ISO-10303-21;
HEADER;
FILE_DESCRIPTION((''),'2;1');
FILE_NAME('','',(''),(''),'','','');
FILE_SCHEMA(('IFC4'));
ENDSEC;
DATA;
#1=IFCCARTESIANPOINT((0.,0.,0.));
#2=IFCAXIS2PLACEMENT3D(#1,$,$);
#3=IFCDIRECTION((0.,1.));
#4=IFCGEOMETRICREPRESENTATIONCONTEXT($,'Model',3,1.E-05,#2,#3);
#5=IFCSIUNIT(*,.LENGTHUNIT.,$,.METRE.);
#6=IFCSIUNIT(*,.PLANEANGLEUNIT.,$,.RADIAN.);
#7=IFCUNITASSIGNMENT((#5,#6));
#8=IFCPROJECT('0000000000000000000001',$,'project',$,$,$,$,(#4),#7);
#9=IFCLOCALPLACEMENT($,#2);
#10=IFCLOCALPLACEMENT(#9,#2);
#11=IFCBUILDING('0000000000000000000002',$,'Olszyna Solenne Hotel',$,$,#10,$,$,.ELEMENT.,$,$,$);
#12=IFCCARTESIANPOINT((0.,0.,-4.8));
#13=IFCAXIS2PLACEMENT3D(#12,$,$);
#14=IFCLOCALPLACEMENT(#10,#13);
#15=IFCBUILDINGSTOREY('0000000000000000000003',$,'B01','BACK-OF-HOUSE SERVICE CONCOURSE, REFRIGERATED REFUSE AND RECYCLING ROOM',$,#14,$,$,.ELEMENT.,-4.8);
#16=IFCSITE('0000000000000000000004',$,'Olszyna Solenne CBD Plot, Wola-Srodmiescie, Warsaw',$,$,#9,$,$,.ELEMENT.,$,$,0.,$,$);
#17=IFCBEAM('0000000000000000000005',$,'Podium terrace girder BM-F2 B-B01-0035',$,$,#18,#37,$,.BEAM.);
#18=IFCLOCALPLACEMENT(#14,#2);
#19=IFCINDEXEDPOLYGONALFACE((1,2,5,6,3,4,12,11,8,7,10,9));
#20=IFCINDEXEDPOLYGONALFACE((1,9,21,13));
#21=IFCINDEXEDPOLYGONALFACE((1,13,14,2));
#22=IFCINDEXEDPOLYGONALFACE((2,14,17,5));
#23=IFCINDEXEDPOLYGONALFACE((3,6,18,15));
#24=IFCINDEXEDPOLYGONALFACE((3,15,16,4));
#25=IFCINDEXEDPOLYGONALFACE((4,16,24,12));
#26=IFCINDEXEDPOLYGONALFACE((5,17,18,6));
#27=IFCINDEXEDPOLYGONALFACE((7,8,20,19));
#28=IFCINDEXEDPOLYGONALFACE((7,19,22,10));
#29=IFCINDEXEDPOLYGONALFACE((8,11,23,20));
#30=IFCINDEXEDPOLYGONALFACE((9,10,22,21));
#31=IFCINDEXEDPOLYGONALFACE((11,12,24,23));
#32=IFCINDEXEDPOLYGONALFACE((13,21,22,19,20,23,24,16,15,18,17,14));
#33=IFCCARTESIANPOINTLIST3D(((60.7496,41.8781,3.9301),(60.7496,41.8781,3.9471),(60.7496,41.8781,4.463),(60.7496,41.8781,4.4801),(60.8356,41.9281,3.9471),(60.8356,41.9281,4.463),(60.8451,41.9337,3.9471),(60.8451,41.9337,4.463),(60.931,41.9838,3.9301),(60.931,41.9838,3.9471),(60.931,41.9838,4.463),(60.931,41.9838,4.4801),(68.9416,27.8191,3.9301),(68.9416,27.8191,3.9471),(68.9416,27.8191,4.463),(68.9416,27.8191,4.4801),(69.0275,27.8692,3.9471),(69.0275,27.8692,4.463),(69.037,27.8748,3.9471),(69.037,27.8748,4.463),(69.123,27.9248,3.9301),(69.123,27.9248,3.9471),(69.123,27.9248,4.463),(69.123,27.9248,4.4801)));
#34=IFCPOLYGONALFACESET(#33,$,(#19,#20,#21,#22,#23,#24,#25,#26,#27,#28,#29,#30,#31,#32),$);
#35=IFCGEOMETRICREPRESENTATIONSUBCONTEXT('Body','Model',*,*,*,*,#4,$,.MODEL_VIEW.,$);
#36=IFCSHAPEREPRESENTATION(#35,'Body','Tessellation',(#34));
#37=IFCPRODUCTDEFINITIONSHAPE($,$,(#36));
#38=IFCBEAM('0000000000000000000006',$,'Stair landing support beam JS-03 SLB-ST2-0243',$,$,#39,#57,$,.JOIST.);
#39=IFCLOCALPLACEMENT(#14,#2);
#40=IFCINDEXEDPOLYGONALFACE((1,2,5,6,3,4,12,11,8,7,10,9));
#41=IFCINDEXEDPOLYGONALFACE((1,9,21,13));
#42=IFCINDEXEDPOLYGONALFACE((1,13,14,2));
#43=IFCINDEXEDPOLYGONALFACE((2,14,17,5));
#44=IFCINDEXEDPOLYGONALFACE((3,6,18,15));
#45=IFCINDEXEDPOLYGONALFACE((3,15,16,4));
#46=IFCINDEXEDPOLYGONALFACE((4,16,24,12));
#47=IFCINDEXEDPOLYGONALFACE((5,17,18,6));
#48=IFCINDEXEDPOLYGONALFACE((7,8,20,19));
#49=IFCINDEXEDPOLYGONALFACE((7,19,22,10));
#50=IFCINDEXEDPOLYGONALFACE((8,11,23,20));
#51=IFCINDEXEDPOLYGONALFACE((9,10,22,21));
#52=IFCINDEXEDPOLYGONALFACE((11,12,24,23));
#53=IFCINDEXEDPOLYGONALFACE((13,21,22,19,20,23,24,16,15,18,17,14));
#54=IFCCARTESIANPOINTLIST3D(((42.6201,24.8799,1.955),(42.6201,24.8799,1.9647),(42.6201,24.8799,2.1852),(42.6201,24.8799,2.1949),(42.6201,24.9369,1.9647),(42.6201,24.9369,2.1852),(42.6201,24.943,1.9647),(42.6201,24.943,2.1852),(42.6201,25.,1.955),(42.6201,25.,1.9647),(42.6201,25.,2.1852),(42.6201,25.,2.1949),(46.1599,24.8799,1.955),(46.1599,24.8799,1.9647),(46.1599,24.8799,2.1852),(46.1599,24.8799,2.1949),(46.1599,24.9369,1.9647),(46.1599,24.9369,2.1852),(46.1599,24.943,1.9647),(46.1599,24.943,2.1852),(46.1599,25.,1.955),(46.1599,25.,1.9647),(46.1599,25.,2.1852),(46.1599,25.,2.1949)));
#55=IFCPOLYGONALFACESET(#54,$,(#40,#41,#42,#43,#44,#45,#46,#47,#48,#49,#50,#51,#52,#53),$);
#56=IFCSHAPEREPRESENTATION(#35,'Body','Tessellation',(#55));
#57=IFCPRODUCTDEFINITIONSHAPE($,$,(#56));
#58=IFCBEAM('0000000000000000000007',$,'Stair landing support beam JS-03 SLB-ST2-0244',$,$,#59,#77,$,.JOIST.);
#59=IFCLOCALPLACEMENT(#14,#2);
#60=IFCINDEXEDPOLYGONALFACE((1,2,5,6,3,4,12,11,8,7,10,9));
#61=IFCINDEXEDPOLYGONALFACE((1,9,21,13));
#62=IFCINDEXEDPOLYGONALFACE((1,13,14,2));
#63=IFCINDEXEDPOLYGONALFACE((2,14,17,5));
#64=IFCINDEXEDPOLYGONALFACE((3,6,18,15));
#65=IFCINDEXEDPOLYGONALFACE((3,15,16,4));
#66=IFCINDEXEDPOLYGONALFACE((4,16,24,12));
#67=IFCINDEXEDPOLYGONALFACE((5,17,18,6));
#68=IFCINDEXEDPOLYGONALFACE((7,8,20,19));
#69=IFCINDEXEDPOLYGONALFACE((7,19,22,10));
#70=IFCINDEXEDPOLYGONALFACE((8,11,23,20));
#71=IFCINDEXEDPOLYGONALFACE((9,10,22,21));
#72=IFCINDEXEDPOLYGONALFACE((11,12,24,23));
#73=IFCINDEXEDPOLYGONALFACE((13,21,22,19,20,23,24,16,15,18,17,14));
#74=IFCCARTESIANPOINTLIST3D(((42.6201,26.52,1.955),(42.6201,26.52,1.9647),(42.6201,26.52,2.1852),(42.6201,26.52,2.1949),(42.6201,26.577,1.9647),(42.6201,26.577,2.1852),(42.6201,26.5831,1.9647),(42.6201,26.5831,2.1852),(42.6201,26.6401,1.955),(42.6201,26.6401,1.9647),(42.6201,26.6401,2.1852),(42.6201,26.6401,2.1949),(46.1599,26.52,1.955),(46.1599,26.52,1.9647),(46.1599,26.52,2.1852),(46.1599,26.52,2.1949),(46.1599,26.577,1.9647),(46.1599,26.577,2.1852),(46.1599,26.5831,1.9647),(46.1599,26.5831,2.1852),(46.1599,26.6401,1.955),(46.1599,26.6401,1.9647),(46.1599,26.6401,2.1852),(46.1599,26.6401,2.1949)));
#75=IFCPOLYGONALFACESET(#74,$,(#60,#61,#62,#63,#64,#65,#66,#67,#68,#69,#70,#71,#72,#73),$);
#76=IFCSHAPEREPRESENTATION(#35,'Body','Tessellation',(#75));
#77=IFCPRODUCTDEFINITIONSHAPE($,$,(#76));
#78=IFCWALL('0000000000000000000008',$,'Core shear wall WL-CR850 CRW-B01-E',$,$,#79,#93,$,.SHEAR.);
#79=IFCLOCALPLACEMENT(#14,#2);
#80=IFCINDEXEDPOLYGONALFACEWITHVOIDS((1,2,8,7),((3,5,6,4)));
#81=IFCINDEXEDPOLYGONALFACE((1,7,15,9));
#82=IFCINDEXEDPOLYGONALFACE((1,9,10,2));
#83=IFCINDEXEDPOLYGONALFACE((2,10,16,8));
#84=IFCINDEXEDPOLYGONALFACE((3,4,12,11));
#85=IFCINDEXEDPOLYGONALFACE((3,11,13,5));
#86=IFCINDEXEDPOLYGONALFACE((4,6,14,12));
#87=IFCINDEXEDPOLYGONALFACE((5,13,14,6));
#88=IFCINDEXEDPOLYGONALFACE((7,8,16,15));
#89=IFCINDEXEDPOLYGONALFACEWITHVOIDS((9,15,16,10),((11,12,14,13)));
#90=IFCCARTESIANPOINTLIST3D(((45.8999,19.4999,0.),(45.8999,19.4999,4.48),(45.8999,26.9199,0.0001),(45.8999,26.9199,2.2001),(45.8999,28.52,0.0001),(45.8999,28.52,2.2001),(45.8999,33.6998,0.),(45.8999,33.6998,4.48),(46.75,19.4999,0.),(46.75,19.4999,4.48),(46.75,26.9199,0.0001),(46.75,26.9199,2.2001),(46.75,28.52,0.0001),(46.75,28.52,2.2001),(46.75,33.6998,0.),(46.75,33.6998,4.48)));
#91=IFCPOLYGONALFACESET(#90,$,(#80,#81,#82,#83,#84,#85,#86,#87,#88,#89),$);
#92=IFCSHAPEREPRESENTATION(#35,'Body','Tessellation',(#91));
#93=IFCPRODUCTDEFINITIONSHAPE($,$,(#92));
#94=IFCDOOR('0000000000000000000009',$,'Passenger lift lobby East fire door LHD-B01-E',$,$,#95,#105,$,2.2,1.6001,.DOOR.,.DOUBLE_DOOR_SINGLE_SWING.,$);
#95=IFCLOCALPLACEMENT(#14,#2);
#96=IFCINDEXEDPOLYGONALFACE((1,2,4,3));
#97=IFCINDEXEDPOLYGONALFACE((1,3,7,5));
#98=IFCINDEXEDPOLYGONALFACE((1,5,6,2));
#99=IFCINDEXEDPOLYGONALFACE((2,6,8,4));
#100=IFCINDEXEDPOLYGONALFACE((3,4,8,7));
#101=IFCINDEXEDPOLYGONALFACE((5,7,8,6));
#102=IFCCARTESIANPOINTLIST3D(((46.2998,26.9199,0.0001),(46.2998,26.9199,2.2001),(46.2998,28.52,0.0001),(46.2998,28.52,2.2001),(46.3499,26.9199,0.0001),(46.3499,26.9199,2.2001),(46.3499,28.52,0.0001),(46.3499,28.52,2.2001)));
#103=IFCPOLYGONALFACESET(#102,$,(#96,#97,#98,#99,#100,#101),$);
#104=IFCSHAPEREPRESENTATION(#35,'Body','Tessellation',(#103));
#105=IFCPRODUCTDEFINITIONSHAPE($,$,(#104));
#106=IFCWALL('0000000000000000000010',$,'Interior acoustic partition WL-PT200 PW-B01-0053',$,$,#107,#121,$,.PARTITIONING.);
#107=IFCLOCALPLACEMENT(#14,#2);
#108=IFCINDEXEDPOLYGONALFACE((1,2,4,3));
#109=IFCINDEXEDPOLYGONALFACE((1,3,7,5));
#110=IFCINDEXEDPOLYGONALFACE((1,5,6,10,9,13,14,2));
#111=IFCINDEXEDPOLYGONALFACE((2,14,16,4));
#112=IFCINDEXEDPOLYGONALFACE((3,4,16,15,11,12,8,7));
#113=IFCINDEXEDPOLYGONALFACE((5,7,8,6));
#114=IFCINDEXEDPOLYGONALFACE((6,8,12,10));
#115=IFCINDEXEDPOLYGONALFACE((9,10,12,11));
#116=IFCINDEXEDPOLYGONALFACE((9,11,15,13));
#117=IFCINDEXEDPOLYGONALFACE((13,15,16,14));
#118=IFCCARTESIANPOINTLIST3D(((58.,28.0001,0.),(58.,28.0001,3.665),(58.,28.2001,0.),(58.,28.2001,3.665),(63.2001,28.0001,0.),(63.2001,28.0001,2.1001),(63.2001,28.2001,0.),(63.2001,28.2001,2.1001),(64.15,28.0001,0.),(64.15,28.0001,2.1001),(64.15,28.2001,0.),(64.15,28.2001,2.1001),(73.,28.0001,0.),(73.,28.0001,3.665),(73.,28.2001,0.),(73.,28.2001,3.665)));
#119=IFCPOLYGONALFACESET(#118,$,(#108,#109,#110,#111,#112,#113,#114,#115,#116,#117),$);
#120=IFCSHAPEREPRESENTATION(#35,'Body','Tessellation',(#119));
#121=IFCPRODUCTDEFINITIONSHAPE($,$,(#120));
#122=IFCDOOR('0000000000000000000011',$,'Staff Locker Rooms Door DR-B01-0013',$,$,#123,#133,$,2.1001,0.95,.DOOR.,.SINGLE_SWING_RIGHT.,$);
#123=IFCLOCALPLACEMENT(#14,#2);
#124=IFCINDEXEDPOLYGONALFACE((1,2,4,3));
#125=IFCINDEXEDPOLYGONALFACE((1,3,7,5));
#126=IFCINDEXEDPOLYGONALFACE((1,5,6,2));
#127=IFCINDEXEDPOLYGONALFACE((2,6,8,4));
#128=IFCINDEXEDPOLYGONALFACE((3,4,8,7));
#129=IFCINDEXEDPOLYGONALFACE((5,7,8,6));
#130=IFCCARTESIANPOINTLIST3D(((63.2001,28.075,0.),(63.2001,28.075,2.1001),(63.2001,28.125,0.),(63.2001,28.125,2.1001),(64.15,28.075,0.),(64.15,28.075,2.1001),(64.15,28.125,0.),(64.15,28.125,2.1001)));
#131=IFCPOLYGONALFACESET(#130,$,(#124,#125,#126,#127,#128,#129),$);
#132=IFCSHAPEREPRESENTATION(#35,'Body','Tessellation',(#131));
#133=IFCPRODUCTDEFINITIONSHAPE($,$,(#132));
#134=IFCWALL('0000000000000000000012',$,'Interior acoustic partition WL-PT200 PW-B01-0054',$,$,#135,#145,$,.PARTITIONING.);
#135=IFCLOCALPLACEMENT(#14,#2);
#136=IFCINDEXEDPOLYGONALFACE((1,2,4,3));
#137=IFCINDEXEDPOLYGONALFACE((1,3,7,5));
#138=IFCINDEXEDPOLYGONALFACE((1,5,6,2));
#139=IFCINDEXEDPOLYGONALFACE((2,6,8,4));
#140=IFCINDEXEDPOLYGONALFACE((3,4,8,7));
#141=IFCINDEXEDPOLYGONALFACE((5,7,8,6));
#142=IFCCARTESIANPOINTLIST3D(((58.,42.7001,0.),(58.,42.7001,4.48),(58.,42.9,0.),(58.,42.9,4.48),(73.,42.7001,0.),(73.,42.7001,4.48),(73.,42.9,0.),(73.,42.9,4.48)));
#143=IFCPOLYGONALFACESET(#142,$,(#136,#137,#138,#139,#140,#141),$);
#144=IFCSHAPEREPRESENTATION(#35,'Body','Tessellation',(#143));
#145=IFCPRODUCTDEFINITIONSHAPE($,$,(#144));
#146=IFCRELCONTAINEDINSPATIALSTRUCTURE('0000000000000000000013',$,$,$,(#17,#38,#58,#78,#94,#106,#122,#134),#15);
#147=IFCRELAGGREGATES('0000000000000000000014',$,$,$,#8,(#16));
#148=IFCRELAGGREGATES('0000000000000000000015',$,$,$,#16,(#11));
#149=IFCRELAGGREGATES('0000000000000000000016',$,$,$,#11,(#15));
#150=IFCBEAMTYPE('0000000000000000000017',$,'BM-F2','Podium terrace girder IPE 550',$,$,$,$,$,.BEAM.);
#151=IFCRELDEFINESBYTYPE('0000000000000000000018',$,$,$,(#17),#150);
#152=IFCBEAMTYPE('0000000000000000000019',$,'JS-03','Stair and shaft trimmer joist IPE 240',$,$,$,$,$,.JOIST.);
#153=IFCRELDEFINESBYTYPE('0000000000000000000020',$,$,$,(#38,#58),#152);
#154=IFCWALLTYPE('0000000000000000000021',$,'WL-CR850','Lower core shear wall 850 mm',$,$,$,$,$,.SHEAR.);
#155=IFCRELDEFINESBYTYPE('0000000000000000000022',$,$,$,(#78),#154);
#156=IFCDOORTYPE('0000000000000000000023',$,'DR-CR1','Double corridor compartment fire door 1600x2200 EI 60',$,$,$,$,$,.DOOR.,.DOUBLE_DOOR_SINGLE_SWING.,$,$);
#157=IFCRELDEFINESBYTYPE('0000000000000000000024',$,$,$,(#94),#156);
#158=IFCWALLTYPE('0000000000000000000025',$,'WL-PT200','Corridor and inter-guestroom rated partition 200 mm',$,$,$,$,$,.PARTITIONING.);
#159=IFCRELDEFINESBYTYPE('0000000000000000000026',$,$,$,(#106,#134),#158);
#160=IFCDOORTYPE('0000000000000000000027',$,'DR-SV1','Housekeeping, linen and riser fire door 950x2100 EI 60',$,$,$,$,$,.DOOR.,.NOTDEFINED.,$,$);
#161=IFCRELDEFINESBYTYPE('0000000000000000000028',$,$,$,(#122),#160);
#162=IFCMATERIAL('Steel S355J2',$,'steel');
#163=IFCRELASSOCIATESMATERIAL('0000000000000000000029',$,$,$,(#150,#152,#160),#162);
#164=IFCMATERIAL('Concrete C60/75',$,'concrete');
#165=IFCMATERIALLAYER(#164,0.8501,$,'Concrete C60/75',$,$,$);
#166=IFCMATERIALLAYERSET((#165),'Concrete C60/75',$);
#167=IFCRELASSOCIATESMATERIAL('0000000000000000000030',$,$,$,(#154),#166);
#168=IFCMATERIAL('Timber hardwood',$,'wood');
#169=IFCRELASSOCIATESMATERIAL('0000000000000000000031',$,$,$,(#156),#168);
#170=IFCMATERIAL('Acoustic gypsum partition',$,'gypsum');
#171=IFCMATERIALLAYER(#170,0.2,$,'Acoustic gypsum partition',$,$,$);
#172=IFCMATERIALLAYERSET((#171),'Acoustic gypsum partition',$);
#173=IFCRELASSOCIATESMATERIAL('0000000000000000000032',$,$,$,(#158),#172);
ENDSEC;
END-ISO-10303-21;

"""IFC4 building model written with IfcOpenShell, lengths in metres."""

from ifc_helpers import new_model, si_unit, direction, frame, frame_2d, origin, origin_2d, place, context, subcontext, project, spatial, rectangle, i_section, extrude, source, transform, mapped, material, layer, layer_set, material_profile, profile_set, type_object, type_shapes, element, fill, save


model = new_model("IFC4")

# Units and contexts
model_context = context("Model", 3, precision=1e-05, world=origin(), true_north=direction((0.0, 1.0)))
body_context = subcontext(model_context, "Body", "Model", "MODEL_VIEW")
ifc_project = project(units=[si_unit("LENGTHUNIT", "METRE"), si_unit("PLANEANGLEUNIT", "RADIAN")], contexts=[model_context])

# Site, building, storey
site_placement = place(None, origin())
site = spatial("IfcSite", under=ifc_project, at=site_placement, Name="Olszyna Solenne CBD Plot, Wola-Srodmiescie, Warsaw", CompositionType="ELEMENT", RefElevation=0.0)
building_placement = place(site_placement, origin())
building = spatial("IfcBuilding", under=site, at=building_placement, Name="Olszyna Solenne Hotel", CompositionType="ELEMENT")
storey_placement = place(building_placement, frame((0.0, 0.0, -4.8)))
storey = spatial("IfcBuildingStorey", under=building, at=storey_placement, Name="B01", Description="BACK-OF-HOUSE SERVICE CONCOURSE, REFRIGERATED REFUSE AND RECYCLING ROOM", CompositionType="ELEMENT", Elevation=-4.8)

# Shared definitions
ifc_material_1 = material(Name="Concrete C60/75", Category="concrete")

# Beams
ifc_material_2 = material(Name="Steel S355J2", Category="steel")
ifc_material_profile_1 = material_profile(ifc_material_2, i_section(OverallWidth=0.21, OverallDepth=0.55, WebThickness=0.011, FlangeThickness=0.0171, at=origin_2d()), Name="IPE 550", Category="load-bearing")
ifc_profile_set_1 = profile_set([ifc_material_profile_1], Name="Steel S355J2")
beam_type_1 = type_object("IfcBeamType", Name="BM-F2", Description="Podium terrace girder IPE 550", PredefinedType="BEAM", material=ifc_profile_set_1)
shared_shape_1 = source(origin(), body_context, "Body", "SweptSolid", [
    extrude(i_section(OverallWidth=0.21, OverallDepth=0.55, WebThickness=0.011, FlangeThickness=0.0171, at=origin_2d()), origin(), (0.0, 0.0, 1.0), 16.2715),
])
beam_1_placement = place(storey_placement, frame((60.8403, 41.9309, 4.2051), z_axis=(0.503454, -0.864022, 0.0), x_axis=(0.864022, 0.503454, 0.0)))
element("IfcBeam", 1, at=beam_1_placement, inside=storey, type_object=beam_type_1, Name="Podium terrace girder BM-F2 B-B01-0035", PredefinedType="BEAM", context=body_context, shape_type="MappedRepresentation", body=[
    mapped(shared_shape_1, transform((0.0, 0.0, 0.0), x_axis=(1.0, 0.0, 0.0), y_axis=(0.0, 1.0, 0.0), z_axis=(0.0, 0.0, 1.0), scale=1.0)),
])
ifc_material_profile_2 = material_profile(ifc_material_2, i_section(OverallWidth=0.1201, OverallDepth=0.24, WebThickness=0.0061, FlangeThickness=0.0098, at=origin_2d()), Name="IPE 240", Category="load-bearing")
ifc_profile_set_2 = profile_set([ifc_material_profile_2], Name="Steel S355J2")
beam_type_2 = type_object("IfcBeamType", Name="JS-03", Description="Stair and shaft trimmer joist IPE 240", PredefinedType="JOIST", material=ifc_profile_set_2)
shared_shape_2 = source(origin(), body_context, "Body", "SweptSolid", [
    extrude(i_section(OverallWidth=0.1201, OverallDepth=0.24, WebThickness=0.0061, FlangeThickness=0.0098, at=origin_2d()), origin(), (0.0, 0.0, 1.0), 3.5398),
])
for number, where, z_axis, x_axis, name in (
    (2, (46.1599, 24.9399, 2.075), (-1.0, 0.0, 0.0), (0.0, -1.0, 0.0), "Stair landing support beam JS-03 SLB-ST2-0243"),
    (3, (46.1599, 26.5801, 2.075), (-1.0, 0.0, 0.0), (0.0, -1.0, 0.0), "Stair landing support beam JS-03 SLB-ST2-0244"),
):
    element("IfcBeam", number, at=place(storey_placement, frame(where, z_axis=z_axis, x_axis=x_axis)), inside=storey, type_object=beam_type_2, Name=name, PredefinedType="JOIST", context=body_context, shape_type="MappedRepresentation", body=[
        mapped(shared_shape_2, transform((0.0, 0.0, 0.0), x_axis=(1.0, 0.0, 0.0), y_axis=(0.0, 1.0, 0.0), z_axis=(0.0, 0.0, 1.0), scale=1.0)),
    ])

# Walls, openings, doors
ifc_layer_1 = layer(ifc_material_1, 0.8501, Name="Concrete C60/75")
ifc_layer_set_1 = layer_set([ifc_layer_1], Name="Concrete C60/75")
wall_type_1 = type_object("IfcWallType", Name="WL-CR850", Description="Lower core shear wall 850 mm", PredefinedType="SHEAR", material=ifc_layer_set_1)
wall_1_placement = place(storey_placement, frame((46.325, 33.7, 0.0), z_axis=(0.0, 0.0, 1.0), x_axis=(0.0, -1.0, 0.0)))
wall_1 = element("IfcWall", 4, at=wall_1_placement, inside=storey, type_object=wall_type_1, Name="Core shear wall WL-CR850 CRW-B01-E", PredefinedType="SHEAR", context=body_context, shape_type="SweptSolid", body=[
    extrude(rectangle(XDim=14.2, YDim=0.8501, at=frame_2d((7.1001, 0.0))), origin(), (0.0, 0.0, 1.0), 4.48),
])
opening_1_placement = place(wall_1_placement, frame((5.1799, 0.0, 0.0)))
opening_1 = element("IfcOpeningElement", 5, at=opening_1_placement, cuts=wall_1, PredefinedType="OPENING", context=body_context, shape_type="SweptSolid", body=[
    extrude(rectangle(XDim=1.6001, YDim=2.2, at=frame_2d((0.8, 1.1001))), frame((0.0, 0.4351, 0.0), z_axis=(0.0, -1.0, 0.0), x_axis=(1.0, 0.0, 0.0)), (0.0, 0.0, 1.0), 0.8701),
])
ifc_material_3 = material(Name="Timber hardwood", Category="wood")
door_type_1 = type_object("IfcDoorType", Name="DR-CR1", Description="Double corridor compartment fire door 1600x2200 EI 60", OperationType="DOUBLE_DOOR_SINGLE_SWING", PredefinedType="DOOR", material=ifc_material_3)
shared_shape_3 = source(origin(), body_context, "Body", "SweptSolid", [
    extrude(rectangle(XDim=1.6001, YDim=2.2, at=frame_2d((0.8, 1.1001))), frame((0.0, 0.0249, 0.0), z_axis=(0.0, -1.0, 0.0), x_axis=(1.0, 0.0, 0.0)), (0.0, 0.0, 1.0), 0.05),
])
type_shapes(door_type_1, [shared_shape_3])
door_1_placement = place(opening_1_placement, origin())
door_1 = element("IfcDoor", 6, at=door_1_placement, inside=storey, type_object=door_type_1, Name="Passenger lift lobby East fire door LHD-B01-E", OperationType="DOUBLE_DOOR_SINGLE_SWING", OverallHeight=2.2, OverallWidth=1.6001, PredefinedType="DOOR", context=body_context, shape_type="MappedRepresentation", body=[
    mapped(shared_shape_3, transform((0.0, 0.0, 0.0), x_axis=(1.0, 0.0, 0.0), y_axis=(0.0, 1.0, 0.0), z_axis=(0.0, 0.0, 1.0), scale=1.0)),
])
fill(opening_1, door_1)
ifc_material_4 = material(Name="Acoustic gypsum partition", Category="gypsum")
ifc_layer_2 = layer(ifc_material_4, 0.2, Name="Acoustic gypsum partition")
ifc_layer_set_2 = layer_set([ifc_layer_2], Name="Acoustic gypsum partition")
wall_type_2 = type_object("IfcWallType", Name="WL-PT200", Description="Corridor and inter-guestroom rated partition 200 mm", PredefinedType="PARTITIONING", material=ifc_layer_set_2)
wall_2_placement = place(storey_placement, frame((58.0, 28.1001, 0.0), z_axis=(0.0, 0.0, 1.0), x_axis=(1.0, 0.0, 0.0)))
wall_2 = element("IfcWall", 7, at=wall_2_placement, inside=storey, type_object=wall_type_2, Name="Interior acoustic partition WL-PT200 PW-B01-0053", PredefinedType="PARTITIONING", context=body_context, shape_type="SweptSolid", body=[
    extrude(rectangle(XDim=15.0, YDim=0.2, at=frame_2d((7.5, 0.0))), origin(), (0.0, 0.0, 1.0), 3.665),
])
opening_2_placement = place(wall_2_placement, frame((5.2, 0.0, 0.0)))
opening_2 = element("IfcOpeningElement", 8, at=opening_2_placement, cuts=wall_2, PredefinedType="OPENING", context=body_context, shape_type="SweptSolid", body=[
    extrude(rectangle(XDim=0.95, YDim=2.1001, at=frame_2d((0.4751, 1.05))), frame((0.0, 0.1099, 0.0), z_axis=(0.0, -1.0, 0.0), x_axis=(1.0, 0.0, 0.0)), (0.0, 0.0, 1.0), 0.22),
])
door_type_2 = type_object("IfcDoorType", Name="DR-SV1", Description="Housekeeping, linen and riser fire door 950x2100 EI 60", OperationType="NOTDEFINED", PredefinedType="DOOR", material=ifc_material_2)
shared_shape_4 = source(origin(), body_context, "Body", "SweptSolid", [
    extrude(rectangle(XDim=0.95, YDim=2.1001, at=frame_2d((0.4751, 1.05))), frame((0.0, 0.0249, 0.0), z_axis=(0.0, -1.0, 0.0), x_axis=(1.0, 0.0, 0.0)), (0.0, 0.0, 1.0), 0.05),
])
type_shapes(door_type_2, [shared_shape_4])
door_2_placement = place(opening_2_placement, origin())
door_2 = element("IfcDoor", 9, at=door_2_placement, inside=storey, type_object=door_type_2, Name="Staff Locker Rooms Door DR-B01-0013", OperationType="SINGLE_SWING_RIGHT", OverallHeight=2.1001, OverallWidth=0.95, PredefinedType="DOOR", context=body_context, shape_type="MappedRepresentation", body=[
    mapped(shared_shape_4, transform((0.0, 0.0, 0.0), x_axis=(1.0, 0.0, 0.0), y_axis=(0.0, 1.0, 0.0), z_axis=(0.0, 0.0, 1.0), scale=1.0)),
])
fill(opening_2, door_2)

# Wall
wall_3_placement = place(storey_placement, frame((58.0, 42.8, 0.0), z_axis=(0.0, 0.0, 1.0), x_axis=(1.0, 0.0, 0.0)))
element("IfcWall", 10, at=wall_3_placement, inside=storey, type_object=wall_type_2, Name="Interior acoustic partition WL-PT200 PW-B01-0054", PredefinedType="PARTITIONING", context=body_context, shape_type="SweptSolid", body=[
    extrude(rectangle(XDim=15.0, YDim=0.2, at=frame_2d((7.5, 0.0))), origin(), (0.0, 0.0, 1.0), 4.48),
])

save(model, "model.ifc")
